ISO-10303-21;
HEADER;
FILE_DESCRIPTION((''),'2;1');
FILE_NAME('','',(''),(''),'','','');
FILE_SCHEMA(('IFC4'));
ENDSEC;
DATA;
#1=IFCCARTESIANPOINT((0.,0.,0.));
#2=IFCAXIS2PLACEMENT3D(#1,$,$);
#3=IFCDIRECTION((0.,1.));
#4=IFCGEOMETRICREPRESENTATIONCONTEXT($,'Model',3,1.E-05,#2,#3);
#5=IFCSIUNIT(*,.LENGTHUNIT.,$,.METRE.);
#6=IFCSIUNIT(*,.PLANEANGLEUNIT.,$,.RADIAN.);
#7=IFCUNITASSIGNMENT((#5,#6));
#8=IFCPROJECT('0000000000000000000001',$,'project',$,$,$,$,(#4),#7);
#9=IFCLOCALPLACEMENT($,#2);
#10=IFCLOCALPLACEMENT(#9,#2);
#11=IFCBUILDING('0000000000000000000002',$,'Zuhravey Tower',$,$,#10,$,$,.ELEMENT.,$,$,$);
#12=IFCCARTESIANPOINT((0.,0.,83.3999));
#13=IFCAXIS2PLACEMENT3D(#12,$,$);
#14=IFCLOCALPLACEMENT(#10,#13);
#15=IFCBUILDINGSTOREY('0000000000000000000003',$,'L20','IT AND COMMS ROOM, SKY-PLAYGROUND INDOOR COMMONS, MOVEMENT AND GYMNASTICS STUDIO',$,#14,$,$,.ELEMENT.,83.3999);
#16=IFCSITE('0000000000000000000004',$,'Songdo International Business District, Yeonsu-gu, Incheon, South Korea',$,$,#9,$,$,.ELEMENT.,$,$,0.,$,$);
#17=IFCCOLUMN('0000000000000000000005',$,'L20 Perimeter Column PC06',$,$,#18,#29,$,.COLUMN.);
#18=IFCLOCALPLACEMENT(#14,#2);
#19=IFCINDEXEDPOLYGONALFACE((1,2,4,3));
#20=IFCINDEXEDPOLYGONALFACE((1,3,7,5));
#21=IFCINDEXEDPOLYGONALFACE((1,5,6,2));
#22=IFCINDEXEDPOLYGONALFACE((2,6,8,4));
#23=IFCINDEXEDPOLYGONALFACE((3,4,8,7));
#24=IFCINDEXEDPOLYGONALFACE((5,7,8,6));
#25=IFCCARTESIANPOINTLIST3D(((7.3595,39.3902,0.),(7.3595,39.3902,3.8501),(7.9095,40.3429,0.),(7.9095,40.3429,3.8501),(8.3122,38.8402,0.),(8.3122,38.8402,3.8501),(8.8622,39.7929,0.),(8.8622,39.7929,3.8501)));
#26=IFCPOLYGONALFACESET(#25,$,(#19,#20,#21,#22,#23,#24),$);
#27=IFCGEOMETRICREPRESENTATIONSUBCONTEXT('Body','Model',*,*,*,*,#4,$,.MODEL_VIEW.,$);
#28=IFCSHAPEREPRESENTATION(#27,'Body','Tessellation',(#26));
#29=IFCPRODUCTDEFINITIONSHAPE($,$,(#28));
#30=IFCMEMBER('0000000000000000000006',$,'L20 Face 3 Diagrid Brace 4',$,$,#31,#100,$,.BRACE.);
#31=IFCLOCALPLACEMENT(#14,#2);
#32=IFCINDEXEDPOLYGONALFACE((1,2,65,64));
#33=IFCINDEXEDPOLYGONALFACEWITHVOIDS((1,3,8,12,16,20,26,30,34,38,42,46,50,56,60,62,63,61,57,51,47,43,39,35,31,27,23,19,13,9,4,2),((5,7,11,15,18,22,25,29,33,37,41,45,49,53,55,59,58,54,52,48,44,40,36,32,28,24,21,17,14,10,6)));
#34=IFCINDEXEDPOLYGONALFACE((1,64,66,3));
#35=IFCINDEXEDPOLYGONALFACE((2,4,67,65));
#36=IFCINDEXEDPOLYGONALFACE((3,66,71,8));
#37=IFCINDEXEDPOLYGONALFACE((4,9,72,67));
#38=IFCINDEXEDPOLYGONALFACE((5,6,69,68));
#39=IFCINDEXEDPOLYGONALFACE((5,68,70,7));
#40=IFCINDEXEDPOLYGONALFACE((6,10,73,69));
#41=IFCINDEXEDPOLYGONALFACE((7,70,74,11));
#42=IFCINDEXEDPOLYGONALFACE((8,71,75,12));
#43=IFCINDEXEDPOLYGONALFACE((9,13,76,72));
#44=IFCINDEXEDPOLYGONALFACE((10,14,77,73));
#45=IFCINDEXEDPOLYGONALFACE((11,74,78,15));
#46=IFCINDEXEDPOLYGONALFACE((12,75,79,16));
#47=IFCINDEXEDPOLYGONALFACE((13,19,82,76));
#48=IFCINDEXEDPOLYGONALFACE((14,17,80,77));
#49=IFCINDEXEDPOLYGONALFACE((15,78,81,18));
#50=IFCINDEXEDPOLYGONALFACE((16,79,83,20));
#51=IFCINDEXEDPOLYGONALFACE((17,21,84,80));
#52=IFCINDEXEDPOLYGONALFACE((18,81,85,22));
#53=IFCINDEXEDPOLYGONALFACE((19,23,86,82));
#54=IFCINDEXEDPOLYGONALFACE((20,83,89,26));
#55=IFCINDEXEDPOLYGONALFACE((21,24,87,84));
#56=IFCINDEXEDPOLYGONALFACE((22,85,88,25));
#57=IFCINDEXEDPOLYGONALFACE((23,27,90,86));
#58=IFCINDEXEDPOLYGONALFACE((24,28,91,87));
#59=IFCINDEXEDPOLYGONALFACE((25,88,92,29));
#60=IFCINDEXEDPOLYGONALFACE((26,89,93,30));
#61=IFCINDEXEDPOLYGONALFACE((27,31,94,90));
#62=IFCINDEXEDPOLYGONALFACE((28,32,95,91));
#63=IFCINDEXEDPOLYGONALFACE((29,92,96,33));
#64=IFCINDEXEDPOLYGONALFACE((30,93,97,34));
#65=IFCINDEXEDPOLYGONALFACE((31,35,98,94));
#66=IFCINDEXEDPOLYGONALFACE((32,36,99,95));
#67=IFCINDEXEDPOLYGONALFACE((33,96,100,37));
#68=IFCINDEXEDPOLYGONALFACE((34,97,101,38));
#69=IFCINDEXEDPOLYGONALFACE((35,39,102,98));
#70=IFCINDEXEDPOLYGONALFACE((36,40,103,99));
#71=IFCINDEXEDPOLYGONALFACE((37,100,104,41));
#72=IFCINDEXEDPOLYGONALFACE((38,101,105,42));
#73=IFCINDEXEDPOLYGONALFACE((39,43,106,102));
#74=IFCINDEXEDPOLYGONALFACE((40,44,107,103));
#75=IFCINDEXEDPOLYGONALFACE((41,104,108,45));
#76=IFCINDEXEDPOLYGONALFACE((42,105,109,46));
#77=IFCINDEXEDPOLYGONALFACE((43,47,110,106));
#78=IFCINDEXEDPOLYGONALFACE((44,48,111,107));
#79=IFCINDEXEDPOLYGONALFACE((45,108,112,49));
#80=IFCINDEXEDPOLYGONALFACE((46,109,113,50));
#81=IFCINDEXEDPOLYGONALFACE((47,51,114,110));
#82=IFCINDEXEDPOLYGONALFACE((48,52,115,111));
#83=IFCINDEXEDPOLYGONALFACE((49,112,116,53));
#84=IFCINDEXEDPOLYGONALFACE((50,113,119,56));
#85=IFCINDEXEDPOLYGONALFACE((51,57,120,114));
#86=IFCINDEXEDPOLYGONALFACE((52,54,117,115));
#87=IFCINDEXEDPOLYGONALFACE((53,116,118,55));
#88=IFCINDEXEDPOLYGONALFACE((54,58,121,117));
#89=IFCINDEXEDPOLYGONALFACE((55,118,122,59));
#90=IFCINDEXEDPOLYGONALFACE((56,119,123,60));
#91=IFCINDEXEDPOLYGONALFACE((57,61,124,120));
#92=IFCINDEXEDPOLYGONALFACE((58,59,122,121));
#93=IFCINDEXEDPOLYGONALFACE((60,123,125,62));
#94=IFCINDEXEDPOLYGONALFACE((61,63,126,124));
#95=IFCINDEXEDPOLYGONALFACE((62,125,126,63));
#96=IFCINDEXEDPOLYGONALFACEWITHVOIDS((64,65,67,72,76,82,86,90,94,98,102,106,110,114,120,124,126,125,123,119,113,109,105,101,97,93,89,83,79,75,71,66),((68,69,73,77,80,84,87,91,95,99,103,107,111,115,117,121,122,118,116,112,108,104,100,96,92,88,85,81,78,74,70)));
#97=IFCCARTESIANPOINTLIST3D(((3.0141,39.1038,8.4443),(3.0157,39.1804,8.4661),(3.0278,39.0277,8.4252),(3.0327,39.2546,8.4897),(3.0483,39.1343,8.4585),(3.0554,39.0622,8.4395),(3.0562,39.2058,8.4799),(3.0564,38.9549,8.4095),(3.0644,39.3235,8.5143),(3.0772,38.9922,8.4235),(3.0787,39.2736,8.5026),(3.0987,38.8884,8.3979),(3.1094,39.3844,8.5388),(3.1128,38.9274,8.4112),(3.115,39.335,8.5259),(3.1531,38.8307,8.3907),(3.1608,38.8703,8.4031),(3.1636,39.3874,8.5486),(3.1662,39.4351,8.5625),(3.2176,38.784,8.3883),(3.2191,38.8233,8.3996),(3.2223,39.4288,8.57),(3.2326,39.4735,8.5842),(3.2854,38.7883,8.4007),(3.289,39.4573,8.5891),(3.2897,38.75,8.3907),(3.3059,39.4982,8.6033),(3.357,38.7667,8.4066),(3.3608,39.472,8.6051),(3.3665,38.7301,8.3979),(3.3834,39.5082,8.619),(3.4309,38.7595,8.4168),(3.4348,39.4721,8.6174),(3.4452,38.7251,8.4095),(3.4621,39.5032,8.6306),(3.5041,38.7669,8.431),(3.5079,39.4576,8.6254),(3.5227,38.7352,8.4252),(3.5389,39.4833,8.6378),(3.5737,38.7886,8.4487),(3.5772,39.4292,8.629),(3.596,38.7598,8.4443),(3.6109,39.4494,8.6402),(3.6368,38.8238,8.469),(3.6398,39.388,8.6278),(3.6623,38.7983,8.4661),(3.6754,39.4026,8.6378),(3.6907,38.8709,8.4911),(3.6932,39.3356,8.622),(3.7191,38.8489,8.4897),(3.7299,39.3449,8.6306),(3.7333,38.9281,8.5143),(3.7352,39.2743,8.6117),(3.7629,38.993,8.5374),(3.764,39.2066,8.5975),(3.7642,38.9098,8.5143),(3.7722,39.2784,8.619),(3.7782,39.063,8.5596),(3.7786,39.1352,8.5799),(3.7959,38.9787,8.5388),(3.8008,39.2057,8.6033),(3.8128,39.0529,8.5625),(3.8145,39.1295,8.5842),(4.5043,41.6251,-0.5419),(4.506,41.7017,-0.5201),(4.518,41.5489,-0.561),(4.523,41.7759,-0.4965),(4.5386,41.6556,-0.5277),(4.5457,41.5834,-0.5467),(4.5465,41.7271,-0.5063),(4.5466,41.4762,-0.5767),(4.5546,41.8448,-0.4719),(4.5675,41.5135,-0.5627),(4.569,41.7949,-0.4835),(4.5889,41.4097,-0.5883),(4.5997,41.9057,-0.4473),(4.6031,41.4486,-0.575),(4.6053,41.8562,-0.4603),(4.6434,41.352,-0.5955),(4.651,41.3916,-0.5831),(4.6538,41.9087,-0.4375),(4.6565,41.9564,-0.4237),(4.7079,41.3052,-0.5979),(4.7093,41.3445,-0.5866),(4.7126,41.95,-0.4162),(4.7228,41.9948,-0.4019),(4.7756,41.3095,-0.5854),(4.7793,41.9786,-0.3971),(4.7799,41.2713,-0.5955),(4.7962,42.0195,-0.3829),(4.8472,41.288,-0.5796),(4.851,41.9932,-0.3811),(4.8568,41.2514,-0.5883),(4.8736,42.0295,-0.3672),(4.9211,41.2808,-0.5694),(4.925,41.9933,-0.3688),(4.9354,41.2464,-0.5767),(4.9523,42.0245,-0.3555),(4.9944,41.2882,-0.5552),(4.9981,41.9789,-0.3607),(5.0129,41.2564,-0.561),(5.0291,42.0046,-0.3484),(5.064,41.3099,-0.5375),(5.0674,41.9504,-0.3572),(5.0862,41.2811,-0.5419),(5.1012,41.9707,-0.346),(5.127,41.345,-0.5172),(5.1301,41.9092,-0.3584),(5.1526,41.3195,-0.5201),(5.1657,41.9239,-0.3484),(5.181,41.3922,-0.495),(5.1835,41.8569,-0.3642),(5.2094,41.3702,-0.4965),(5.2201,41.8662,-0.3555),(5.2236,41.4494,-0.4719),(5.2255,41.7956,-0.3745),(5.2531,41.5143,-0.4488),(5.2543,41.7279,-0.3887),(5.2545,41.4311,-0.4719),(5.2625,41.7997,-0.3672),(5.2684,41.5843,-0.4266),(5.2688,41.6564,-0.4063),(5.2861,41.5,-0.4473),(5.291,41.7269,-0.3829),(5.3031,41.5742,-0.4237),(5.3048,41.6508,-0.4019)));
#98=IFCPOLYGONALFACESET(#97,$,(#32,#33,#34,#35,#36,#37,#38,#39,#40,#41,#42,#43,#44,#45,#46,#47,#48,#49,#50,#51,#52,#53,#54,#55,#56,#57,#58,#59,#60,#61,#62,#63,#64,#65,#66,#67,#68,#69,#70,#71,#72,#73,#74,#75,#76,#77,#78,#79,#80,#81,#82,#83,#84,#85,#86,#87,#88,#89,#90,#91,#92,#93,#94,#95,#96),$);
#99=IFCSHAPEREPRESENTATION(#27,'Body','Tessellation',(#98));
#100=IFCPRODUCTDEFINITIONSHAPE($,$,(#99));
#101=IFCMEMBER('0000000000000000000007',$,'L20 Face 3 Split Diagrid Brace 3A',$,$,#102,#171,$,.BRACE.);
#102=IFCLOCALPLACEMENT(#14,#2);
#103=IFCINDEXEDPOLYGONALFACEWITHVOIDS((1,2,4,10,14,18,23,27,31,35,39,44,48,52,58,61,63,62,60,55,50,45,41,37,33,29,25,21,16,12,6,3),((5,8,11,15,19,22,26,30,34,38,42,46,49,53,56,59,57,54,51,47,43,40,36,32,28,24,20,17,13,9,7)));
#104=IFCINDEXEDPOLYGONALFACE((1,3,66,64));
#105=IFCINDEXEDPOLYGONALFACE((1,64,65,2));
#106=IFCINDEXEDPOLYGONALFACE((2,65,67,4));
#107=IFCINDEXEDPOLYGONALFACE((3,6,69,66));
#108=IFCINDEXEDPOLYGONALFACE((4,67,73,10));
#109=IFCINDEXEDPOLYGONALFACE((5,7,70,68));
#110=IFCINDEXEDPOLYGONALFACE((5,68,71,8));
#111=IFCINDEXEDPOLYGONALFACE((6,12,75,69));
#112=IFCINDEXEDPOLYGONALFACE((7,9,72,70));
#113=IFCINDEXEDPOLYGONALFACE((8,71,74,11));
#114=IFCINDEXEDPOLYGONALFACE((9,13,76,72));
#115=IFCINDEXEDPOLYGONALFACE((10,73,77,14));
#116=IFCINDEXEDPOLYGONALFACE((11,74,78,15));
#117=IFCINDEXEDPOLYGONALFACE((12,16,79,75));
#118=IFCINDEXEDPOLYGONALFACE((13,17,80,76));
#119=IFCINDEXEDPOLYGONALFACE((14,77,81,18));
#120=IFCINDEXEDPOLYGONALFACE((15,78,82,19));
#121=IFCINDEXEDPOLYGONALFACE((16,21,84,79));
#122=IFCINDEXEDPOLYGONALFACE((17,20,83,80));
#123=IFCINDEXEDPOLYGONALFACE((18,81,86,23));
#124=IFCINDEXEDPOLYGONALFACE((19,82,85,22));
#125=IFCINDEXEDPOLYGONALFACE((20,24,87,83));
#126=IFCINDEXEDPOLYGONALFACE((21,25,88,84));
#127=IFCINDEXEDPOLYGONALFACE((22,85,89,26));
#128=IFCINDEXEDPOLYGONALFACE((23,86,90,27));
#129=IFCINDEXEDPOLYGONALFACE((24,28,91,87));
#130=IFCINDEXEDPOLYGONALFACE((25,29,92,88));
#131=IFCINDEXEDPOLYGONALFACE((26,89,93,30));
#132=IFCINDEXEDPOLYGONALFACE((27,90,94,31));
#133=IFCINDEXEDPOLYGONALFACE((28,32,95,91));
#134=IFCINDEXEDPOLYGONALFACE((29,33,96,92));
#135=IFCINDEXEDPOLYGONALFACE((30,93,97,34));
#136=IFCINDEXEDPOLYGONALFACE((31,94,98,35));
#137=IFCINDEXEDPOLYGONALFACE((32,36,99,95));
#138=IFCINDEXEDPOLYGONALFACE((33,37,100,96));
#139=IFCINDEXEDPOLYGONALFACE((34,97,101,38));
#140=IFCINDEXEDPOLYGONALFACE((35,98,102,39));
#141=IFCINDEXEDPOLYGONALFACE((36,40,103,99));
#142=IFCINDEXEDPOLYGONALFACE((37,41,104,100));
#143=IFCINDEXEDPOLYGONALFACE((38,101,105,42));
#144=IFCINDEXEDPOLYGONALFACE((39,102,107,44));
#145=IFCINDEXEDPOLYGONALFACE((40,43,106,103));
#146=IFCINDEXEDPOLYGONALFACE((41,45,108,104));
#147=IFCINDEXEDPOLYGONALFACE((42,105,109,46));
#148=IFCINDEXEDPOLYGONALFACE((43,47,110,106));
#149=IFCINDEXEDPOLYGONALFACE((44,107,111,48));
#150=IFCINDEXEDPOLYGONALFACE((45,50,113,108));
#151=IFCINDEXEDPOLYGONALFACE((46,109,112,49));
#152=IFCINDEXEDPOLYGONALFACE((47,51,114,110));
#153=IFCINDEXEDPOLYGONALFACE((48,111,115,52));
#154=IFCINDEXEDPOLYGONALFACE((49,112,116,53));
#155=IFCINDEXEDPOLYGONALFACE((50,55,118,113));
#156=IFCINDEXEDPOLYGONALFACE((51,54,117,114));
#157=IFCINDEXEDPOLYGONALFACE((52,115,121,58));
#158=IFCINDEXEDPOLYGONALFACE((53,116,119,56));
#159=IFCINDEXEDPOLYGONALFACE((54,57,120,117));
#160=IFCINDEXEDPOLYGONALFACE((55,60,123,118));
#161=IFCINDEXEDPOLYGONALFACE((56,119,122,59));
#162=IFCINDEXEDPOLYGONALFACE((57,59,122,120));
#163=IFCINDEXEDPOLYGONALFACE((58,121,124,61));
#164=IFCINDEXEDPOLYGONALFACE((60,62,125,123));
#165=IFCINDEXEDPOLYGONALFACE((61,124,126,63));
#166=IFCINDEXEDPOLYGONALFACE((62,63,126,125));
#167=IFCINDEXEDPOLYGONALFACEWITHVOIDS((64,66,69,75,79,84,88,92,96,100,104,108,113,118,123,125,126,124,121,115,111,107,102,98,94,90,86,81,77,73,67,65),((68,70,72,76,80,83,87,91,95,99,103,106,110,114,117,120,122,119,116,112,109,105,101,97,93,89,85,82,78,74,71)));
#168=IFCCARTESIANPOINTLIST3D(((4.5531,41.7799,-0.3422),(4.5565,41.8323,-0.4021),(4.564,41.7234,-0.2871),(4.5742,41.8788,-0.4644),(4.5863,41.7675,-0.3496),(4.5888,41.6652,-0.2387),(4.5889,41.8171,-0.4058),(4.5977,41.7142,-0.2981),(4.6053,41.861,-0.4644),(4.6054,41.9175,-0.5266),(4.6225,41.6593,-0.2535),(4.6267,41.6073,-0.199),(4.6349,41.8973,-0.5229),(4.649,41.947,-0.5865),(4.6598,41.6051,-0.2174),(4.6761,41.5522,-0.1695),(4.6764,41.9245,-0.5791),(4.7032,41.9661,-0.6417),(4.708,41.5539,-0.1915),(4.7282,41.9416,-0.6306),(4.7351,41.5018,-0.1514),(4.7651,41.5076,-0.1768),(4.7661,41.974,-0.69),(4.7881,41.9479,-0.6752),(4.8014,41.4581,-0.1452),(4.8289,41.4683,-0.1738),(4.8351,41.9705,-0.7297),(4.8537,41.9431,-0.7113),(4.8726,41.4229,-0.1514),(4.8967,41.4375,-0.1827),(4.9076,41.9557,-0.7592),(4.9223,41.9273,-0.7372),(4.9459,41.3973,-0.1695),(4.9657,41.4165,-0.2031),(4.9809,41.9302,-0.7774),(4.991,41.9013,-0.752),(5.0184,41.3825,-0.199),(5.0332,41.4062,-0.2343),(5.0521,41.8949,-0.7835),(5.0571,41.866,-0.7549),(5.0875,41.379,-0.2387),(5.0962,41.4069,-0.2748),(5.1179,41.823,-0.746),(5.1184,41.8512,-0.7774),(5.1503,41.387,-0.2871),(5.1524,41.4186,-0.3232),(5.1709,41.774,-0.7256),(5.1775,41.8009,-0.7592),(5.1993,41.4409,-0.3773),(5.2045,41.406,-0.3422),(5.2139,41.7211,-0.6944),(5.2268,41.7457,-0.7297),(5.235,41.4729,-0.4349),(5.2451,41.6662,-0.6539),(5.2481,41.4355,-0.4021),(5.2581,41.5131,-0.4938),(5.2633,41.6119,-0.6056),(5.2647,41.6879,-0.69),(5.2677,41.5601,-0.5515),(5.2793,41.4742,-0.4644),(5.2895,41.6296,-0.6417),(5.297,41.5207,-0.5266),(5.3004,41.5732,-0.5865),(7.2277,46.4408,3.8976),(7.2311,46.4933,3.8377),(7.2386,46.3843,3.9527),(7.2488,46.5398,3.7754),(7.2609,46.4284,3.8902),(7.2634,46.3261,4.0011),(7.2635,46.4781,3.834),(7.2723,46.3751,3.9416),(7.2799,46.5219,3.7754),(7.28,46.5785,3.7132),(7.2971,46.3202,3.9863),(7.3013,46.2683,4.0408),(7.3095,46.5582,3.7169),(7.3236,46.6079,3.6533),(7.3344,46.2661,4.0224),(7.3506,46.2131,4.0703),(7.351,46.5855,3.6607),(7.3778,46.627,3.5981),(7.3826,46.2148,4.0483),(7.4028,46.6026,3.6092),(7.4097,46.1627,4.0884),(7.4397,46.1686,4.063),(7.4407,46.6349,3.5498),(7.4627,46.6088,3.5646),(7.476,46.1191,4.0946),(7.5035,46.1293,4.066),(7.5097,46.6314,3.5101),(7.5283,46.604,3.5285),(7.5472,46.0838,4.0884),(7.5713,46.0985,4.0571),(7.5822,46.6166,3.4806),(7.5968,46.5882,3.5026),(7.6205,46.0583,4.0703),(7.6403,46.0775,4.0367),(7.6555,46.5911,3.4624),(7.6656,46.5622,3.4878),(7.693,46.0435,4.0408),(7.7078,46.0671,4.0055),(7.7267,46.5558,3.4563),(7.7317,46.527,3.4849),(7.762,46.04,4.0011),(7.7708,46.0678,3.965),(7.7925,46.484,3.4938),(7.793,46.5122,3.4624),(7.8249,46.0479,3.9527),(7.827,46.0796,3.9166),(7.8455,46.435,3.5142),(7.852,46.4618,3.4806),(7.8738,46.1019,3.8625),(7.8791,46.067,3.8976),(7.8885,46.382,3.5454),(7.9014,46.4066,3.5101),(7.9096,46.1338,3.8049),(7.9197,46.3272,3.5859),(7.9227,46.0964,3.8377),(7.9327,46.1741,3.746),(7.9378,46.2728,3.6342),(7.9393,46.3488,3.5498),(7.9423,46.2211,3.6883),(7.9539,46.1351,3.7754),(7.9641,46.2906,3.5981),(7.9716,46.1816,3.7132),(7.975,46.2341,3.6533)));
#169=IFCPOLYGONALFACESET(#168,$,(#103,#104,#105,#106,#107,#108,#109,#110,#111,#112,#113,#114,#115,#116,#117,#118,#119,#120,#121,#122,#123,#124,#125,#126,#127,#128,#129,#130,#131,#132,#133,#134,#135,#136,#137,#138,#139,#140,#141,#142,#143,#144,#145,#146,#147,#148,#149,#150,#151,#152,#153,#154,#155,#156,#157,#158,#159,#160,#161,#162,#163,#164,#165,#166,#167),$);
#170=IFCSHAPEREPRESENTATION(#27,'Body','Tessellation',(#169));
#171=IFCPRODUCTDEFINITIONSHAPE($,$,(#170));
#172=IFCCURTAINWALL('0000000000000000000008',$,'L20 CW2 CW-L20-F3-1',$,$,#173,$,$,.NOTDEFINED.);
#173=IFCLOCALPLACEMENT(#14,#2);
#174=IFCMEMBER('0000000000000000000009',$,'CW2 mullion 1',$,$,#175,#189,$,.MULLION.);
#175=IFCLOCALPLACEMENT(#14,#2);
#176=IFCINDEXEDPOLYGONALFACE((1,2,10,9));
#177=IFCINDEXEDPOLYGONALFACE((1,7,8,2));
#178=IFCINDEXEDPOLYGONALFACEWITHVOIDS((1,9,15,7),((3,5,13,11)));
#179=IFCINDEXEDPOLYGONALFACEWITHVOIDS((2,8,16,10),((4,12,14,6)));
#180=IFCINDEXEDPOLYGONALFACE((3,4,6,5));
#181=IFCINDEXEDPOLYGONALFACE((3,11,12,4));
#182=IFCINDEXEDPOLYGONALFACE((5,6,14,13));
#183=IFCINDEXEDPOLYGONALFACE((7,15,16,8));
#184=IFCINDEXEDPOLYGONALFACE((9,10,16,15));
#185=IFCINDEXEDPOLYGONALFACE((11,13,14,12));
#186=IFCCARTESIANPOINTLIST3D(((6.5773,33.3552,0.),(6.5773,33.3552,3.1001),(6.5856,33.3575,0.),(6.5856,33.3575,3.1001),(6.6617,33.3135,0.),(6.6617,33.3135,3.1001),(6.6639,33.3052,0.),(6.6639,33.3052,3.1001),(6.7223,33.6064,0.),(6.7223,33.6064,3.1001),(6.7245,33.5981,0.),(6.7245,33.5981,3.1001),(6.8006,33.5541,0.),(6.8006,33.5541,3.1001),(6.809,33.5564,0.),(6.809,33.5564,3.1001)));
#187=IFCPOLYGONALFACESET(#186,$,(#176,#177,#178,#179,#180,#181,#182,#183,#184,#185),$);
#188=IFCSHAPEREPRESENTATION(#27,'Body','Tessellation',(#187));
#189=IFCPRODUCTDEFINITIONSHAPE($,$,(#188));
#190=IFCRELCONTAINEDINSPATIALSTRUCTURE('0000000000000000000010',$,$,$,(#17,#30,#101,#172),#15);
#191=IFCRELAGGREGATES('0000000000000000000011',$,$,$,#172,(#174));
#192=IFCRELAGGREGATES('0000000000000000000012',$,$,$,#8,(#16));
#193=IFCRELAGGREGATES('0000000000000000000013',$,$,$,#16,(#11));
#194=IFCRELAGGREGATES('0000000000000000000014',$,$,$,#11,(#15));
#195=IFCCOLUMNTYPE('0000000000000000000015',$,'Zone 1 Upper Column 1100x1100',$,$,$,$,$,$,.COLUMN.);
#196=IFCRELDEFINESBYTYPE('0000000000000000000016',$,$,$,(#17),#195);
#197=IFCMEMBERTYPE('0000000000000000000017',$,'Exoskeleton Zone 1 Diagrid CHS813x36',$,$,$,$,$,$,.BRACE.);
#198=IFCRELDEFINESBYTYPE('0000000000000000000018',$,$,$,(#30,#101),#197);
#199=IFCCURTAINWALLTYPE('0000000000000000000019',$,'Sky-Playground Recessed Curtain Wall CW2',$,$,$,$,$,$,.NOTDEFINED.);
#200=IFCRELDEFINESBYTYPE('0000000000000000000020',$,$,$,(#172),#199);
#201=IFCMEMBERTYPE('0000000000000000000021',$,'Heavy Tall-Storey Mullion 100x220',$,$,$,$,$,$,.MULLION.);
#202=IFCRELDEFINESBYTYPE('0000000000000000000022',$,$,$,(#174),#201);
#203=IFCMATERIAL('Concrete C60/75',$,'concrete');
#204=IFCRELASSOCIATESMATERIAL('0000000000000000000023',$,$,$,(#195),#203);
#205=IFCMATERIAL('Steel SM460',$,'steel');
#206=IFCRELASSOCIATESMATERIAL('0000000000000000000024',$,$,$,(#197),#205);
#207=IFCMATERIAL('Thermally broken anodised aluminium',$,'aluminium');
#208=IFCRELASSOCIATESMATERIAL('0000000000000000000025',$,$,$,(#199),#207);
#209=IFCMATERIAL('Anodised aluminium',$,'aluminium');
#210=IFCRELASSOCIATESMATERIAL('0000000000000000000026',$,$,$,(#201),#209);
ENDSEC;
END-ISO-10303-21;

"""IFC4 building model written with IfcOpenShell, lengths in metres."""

from ifc_helpers import new_model, si_unit, direction, frame, origin, origin_2d, place, context, subcontext, project, spatial, rectangle, hollow_rectangle, hollow_circle, extrude, material, material_profile, profile_set, type_object, element, aggregate, save


model = new_model("IFC4")

# Units and contexts
model_context = context("Model", 3, precision=1e-05, world=origin(), true_north=direction((0.0, 1.0)))
body_context = subcontext(model_context, "Body", "Model", "MODEL_VIEW")
ifc_project = project(units=[si_unit("LENGTHUNIT", "METRE"), si_unit("PLANEANGLEUNIT", "RADIAN")], contexts=[model_context])

# Site, building, storey
site_placement = place(None, origin())
site = spatial("IfcSite", under=ifc_project, at=site_placement, Name="Songdo International Business District, Yeonsu-gu, Incheon, South Korea", CompositionType="ELEMENT", RefElevation=0.0)
building_placement = place(site_placement, origin())
building = spatial("IfcBuilding", under=site, at=building_placement, Name="Zuhravey Tower", CompositionType="ELEMENT")
storey_placement = place(building_placement, frame((0.0, 0.0, 83.3999)))
storey = spatial("IfcBuildingStorey", under=building, at=storey_placement, Name="L20", Description="IT AND COMMS ROOM, SKY-PLAYGROUND INDOOR COMMONS, MOVEMENT AND GYMNASTICS STUDIO", CompositionType="ELEMENT", Elevation=83.3999)

# Column
ifc_material_1 = material(Name="Concrete C60/75", Category="concrete")
ifc_material_profile_1 = material_profile(ifc_material_1, rectangle(XDim=1.1001, YDim=1.1001, at=origin_2d()), Name="RC-1100x1100")
ifc_profile_set_1 = profile_set([ifc_material_profile_1], Name="Concrete C60/75")
column_type = type_object("IfcColumnType", Name="Zone 1 Upper Column 1100x1100", PredefinedType="COLUMN", material=ifc_profile_set_1)
column_placement = place(storey_placement, frame((8.1108, 39.5916, 0.0), z_axis=(0.0, 0.0, 1.0), x_axis=(-0.5, -0.866025, 0.0)))
element("IfcColumn", 1, at=column_placement, inside=storey, type_object=column_type, Name="L20 Perimeter Column PC06", PredefinedType="COLUMN", context=body_context, shape_type="SweptSolid", body=[
    extrude(rectangle(XDim=1.1001, YDim=1.1001, at=origin_2d()), origin(), (0.0, 0.0, 1.0), 3.8501),
])

# Members
ifc_material_2 = material(Name="Steel SM460", Category="steel")
ifc_material_profile_2 = material_profile(ifc_material_2, hollow_circle(Radius=0.4065, WallThickness=0.0359, at=origin_2d()), Name="CHS-812.8x36")
ifc_profile_set_2 = profile_set([ifc_material_profile_2], Name="Steel SM460")
member_type_1 = type_object("IfcMemberType", Name="Exoskeleton Zone 1 Diagrid CHS813x36", PredefinedType="BRACE", material=ifc_profile_set_2)
member_1_placement = place(storey_placement, frame((4.9045, 41.6379, -0.4719), z_axis=(-0.157675, -0.266761, 0.950777), x_axis=(0.860865, -0.508833, 0.0)))
element("IfcMember", 2, at=member_1_placement, inside=storey, type_object=member_type_1, Name="L20 Face 3 Diagrid Brace 4", PredefinedType="BRACE", context=body_context, shape_type="SweptSolid", body=[
    extrude(hollow_circle(Radius=0.4065, WallThickness=0.0359, at=origin_2d()), origin(), (0.0, 0.0, 1.0), 9.4514),
])
member_2_placement = place(storey_placement, frame((4.9268, 41.6765, -0.4644), z_axis=(0.390738, 0.680929, 0.619403), x_axis=(-0.867344, 0.497709, 0.0)))
element("IfcMember", 3, at=member_2_placement, inside=storey, type_object=member_type_1, Name="L20 Face 3 Split Diagrid Brace 3A", PredefinedType="BRACE", context=body_context, shape_type="SweptSolid", body=[
    extrude(hollow_circle(Radius=0.4065, WallThickness=0.0359, at=origin_2d()), origin(), (0.0, 0.0, 1.0), 6.845),
])

# Curtain wall, member
ifc_material_3 = material(Name="Thermally broken anodised aluminium", Category="aluminium")
curtain_wall_type = type_object("IfcCurtainWallType", Name="Sky-Playground Recessed Curtain Wall CW2", PredefinedType="NOTDEFINED", material=ifc_material_3)
curtain_wall_placement = place(storey_placement, origin())
curtain_wall = element("IfcCurtainWall", 4, at=curtain_wall_placement, inside=storey, type_object=curtain_wall_type, Name="L20 CW2 CW-L20-F3-1", PredefinedType="NOTDEFINED")
ifc_material_4 = material(Name="Anodised aluminium", Category="aluminium")
ifc_material_profile_3 = material_profile(ifc_material_4, hollow_rectangle(XDim=0.1001, YDim=0.29, WallThickness=0.0061, at=origin_2d()), Name="ALU-RHS-100x290x6")
ifc_profile_set_3 = profile_set([ifc_material_profile_3], Name="Anodised aluminium")
member_type_2 = type_object("IfcMemberType", Name="Heavy Tall-Storey Mullion 100x220", PredefinedType="MULLION", material=ifc_profile_set_3)
member_3_placement = place(storey_placement, frame((6.6931, 33.4558, 0.0), z_axis=(0.0, 0.0, 1.0), x_axis=(-0.866026, 0.499999, 0.0)))
member_3 = element("IfcMember", 5, at=member_3_placement, type_object=member_type_2, Name="CW2 mullion 1", PredefinedType="MULLION", context=body_context, shape_type="SweptSolid", body=[
    extrude(hollow_rectangle(XDim=0.1001, YDim=0.29, WallThickness=0.0061, at=origin_2d()), origin(), (0.0, 0.0, 1.0), 3.1001),
])

aggregate(curtain_wall, [member_3])

save(model, "model.ifc")
